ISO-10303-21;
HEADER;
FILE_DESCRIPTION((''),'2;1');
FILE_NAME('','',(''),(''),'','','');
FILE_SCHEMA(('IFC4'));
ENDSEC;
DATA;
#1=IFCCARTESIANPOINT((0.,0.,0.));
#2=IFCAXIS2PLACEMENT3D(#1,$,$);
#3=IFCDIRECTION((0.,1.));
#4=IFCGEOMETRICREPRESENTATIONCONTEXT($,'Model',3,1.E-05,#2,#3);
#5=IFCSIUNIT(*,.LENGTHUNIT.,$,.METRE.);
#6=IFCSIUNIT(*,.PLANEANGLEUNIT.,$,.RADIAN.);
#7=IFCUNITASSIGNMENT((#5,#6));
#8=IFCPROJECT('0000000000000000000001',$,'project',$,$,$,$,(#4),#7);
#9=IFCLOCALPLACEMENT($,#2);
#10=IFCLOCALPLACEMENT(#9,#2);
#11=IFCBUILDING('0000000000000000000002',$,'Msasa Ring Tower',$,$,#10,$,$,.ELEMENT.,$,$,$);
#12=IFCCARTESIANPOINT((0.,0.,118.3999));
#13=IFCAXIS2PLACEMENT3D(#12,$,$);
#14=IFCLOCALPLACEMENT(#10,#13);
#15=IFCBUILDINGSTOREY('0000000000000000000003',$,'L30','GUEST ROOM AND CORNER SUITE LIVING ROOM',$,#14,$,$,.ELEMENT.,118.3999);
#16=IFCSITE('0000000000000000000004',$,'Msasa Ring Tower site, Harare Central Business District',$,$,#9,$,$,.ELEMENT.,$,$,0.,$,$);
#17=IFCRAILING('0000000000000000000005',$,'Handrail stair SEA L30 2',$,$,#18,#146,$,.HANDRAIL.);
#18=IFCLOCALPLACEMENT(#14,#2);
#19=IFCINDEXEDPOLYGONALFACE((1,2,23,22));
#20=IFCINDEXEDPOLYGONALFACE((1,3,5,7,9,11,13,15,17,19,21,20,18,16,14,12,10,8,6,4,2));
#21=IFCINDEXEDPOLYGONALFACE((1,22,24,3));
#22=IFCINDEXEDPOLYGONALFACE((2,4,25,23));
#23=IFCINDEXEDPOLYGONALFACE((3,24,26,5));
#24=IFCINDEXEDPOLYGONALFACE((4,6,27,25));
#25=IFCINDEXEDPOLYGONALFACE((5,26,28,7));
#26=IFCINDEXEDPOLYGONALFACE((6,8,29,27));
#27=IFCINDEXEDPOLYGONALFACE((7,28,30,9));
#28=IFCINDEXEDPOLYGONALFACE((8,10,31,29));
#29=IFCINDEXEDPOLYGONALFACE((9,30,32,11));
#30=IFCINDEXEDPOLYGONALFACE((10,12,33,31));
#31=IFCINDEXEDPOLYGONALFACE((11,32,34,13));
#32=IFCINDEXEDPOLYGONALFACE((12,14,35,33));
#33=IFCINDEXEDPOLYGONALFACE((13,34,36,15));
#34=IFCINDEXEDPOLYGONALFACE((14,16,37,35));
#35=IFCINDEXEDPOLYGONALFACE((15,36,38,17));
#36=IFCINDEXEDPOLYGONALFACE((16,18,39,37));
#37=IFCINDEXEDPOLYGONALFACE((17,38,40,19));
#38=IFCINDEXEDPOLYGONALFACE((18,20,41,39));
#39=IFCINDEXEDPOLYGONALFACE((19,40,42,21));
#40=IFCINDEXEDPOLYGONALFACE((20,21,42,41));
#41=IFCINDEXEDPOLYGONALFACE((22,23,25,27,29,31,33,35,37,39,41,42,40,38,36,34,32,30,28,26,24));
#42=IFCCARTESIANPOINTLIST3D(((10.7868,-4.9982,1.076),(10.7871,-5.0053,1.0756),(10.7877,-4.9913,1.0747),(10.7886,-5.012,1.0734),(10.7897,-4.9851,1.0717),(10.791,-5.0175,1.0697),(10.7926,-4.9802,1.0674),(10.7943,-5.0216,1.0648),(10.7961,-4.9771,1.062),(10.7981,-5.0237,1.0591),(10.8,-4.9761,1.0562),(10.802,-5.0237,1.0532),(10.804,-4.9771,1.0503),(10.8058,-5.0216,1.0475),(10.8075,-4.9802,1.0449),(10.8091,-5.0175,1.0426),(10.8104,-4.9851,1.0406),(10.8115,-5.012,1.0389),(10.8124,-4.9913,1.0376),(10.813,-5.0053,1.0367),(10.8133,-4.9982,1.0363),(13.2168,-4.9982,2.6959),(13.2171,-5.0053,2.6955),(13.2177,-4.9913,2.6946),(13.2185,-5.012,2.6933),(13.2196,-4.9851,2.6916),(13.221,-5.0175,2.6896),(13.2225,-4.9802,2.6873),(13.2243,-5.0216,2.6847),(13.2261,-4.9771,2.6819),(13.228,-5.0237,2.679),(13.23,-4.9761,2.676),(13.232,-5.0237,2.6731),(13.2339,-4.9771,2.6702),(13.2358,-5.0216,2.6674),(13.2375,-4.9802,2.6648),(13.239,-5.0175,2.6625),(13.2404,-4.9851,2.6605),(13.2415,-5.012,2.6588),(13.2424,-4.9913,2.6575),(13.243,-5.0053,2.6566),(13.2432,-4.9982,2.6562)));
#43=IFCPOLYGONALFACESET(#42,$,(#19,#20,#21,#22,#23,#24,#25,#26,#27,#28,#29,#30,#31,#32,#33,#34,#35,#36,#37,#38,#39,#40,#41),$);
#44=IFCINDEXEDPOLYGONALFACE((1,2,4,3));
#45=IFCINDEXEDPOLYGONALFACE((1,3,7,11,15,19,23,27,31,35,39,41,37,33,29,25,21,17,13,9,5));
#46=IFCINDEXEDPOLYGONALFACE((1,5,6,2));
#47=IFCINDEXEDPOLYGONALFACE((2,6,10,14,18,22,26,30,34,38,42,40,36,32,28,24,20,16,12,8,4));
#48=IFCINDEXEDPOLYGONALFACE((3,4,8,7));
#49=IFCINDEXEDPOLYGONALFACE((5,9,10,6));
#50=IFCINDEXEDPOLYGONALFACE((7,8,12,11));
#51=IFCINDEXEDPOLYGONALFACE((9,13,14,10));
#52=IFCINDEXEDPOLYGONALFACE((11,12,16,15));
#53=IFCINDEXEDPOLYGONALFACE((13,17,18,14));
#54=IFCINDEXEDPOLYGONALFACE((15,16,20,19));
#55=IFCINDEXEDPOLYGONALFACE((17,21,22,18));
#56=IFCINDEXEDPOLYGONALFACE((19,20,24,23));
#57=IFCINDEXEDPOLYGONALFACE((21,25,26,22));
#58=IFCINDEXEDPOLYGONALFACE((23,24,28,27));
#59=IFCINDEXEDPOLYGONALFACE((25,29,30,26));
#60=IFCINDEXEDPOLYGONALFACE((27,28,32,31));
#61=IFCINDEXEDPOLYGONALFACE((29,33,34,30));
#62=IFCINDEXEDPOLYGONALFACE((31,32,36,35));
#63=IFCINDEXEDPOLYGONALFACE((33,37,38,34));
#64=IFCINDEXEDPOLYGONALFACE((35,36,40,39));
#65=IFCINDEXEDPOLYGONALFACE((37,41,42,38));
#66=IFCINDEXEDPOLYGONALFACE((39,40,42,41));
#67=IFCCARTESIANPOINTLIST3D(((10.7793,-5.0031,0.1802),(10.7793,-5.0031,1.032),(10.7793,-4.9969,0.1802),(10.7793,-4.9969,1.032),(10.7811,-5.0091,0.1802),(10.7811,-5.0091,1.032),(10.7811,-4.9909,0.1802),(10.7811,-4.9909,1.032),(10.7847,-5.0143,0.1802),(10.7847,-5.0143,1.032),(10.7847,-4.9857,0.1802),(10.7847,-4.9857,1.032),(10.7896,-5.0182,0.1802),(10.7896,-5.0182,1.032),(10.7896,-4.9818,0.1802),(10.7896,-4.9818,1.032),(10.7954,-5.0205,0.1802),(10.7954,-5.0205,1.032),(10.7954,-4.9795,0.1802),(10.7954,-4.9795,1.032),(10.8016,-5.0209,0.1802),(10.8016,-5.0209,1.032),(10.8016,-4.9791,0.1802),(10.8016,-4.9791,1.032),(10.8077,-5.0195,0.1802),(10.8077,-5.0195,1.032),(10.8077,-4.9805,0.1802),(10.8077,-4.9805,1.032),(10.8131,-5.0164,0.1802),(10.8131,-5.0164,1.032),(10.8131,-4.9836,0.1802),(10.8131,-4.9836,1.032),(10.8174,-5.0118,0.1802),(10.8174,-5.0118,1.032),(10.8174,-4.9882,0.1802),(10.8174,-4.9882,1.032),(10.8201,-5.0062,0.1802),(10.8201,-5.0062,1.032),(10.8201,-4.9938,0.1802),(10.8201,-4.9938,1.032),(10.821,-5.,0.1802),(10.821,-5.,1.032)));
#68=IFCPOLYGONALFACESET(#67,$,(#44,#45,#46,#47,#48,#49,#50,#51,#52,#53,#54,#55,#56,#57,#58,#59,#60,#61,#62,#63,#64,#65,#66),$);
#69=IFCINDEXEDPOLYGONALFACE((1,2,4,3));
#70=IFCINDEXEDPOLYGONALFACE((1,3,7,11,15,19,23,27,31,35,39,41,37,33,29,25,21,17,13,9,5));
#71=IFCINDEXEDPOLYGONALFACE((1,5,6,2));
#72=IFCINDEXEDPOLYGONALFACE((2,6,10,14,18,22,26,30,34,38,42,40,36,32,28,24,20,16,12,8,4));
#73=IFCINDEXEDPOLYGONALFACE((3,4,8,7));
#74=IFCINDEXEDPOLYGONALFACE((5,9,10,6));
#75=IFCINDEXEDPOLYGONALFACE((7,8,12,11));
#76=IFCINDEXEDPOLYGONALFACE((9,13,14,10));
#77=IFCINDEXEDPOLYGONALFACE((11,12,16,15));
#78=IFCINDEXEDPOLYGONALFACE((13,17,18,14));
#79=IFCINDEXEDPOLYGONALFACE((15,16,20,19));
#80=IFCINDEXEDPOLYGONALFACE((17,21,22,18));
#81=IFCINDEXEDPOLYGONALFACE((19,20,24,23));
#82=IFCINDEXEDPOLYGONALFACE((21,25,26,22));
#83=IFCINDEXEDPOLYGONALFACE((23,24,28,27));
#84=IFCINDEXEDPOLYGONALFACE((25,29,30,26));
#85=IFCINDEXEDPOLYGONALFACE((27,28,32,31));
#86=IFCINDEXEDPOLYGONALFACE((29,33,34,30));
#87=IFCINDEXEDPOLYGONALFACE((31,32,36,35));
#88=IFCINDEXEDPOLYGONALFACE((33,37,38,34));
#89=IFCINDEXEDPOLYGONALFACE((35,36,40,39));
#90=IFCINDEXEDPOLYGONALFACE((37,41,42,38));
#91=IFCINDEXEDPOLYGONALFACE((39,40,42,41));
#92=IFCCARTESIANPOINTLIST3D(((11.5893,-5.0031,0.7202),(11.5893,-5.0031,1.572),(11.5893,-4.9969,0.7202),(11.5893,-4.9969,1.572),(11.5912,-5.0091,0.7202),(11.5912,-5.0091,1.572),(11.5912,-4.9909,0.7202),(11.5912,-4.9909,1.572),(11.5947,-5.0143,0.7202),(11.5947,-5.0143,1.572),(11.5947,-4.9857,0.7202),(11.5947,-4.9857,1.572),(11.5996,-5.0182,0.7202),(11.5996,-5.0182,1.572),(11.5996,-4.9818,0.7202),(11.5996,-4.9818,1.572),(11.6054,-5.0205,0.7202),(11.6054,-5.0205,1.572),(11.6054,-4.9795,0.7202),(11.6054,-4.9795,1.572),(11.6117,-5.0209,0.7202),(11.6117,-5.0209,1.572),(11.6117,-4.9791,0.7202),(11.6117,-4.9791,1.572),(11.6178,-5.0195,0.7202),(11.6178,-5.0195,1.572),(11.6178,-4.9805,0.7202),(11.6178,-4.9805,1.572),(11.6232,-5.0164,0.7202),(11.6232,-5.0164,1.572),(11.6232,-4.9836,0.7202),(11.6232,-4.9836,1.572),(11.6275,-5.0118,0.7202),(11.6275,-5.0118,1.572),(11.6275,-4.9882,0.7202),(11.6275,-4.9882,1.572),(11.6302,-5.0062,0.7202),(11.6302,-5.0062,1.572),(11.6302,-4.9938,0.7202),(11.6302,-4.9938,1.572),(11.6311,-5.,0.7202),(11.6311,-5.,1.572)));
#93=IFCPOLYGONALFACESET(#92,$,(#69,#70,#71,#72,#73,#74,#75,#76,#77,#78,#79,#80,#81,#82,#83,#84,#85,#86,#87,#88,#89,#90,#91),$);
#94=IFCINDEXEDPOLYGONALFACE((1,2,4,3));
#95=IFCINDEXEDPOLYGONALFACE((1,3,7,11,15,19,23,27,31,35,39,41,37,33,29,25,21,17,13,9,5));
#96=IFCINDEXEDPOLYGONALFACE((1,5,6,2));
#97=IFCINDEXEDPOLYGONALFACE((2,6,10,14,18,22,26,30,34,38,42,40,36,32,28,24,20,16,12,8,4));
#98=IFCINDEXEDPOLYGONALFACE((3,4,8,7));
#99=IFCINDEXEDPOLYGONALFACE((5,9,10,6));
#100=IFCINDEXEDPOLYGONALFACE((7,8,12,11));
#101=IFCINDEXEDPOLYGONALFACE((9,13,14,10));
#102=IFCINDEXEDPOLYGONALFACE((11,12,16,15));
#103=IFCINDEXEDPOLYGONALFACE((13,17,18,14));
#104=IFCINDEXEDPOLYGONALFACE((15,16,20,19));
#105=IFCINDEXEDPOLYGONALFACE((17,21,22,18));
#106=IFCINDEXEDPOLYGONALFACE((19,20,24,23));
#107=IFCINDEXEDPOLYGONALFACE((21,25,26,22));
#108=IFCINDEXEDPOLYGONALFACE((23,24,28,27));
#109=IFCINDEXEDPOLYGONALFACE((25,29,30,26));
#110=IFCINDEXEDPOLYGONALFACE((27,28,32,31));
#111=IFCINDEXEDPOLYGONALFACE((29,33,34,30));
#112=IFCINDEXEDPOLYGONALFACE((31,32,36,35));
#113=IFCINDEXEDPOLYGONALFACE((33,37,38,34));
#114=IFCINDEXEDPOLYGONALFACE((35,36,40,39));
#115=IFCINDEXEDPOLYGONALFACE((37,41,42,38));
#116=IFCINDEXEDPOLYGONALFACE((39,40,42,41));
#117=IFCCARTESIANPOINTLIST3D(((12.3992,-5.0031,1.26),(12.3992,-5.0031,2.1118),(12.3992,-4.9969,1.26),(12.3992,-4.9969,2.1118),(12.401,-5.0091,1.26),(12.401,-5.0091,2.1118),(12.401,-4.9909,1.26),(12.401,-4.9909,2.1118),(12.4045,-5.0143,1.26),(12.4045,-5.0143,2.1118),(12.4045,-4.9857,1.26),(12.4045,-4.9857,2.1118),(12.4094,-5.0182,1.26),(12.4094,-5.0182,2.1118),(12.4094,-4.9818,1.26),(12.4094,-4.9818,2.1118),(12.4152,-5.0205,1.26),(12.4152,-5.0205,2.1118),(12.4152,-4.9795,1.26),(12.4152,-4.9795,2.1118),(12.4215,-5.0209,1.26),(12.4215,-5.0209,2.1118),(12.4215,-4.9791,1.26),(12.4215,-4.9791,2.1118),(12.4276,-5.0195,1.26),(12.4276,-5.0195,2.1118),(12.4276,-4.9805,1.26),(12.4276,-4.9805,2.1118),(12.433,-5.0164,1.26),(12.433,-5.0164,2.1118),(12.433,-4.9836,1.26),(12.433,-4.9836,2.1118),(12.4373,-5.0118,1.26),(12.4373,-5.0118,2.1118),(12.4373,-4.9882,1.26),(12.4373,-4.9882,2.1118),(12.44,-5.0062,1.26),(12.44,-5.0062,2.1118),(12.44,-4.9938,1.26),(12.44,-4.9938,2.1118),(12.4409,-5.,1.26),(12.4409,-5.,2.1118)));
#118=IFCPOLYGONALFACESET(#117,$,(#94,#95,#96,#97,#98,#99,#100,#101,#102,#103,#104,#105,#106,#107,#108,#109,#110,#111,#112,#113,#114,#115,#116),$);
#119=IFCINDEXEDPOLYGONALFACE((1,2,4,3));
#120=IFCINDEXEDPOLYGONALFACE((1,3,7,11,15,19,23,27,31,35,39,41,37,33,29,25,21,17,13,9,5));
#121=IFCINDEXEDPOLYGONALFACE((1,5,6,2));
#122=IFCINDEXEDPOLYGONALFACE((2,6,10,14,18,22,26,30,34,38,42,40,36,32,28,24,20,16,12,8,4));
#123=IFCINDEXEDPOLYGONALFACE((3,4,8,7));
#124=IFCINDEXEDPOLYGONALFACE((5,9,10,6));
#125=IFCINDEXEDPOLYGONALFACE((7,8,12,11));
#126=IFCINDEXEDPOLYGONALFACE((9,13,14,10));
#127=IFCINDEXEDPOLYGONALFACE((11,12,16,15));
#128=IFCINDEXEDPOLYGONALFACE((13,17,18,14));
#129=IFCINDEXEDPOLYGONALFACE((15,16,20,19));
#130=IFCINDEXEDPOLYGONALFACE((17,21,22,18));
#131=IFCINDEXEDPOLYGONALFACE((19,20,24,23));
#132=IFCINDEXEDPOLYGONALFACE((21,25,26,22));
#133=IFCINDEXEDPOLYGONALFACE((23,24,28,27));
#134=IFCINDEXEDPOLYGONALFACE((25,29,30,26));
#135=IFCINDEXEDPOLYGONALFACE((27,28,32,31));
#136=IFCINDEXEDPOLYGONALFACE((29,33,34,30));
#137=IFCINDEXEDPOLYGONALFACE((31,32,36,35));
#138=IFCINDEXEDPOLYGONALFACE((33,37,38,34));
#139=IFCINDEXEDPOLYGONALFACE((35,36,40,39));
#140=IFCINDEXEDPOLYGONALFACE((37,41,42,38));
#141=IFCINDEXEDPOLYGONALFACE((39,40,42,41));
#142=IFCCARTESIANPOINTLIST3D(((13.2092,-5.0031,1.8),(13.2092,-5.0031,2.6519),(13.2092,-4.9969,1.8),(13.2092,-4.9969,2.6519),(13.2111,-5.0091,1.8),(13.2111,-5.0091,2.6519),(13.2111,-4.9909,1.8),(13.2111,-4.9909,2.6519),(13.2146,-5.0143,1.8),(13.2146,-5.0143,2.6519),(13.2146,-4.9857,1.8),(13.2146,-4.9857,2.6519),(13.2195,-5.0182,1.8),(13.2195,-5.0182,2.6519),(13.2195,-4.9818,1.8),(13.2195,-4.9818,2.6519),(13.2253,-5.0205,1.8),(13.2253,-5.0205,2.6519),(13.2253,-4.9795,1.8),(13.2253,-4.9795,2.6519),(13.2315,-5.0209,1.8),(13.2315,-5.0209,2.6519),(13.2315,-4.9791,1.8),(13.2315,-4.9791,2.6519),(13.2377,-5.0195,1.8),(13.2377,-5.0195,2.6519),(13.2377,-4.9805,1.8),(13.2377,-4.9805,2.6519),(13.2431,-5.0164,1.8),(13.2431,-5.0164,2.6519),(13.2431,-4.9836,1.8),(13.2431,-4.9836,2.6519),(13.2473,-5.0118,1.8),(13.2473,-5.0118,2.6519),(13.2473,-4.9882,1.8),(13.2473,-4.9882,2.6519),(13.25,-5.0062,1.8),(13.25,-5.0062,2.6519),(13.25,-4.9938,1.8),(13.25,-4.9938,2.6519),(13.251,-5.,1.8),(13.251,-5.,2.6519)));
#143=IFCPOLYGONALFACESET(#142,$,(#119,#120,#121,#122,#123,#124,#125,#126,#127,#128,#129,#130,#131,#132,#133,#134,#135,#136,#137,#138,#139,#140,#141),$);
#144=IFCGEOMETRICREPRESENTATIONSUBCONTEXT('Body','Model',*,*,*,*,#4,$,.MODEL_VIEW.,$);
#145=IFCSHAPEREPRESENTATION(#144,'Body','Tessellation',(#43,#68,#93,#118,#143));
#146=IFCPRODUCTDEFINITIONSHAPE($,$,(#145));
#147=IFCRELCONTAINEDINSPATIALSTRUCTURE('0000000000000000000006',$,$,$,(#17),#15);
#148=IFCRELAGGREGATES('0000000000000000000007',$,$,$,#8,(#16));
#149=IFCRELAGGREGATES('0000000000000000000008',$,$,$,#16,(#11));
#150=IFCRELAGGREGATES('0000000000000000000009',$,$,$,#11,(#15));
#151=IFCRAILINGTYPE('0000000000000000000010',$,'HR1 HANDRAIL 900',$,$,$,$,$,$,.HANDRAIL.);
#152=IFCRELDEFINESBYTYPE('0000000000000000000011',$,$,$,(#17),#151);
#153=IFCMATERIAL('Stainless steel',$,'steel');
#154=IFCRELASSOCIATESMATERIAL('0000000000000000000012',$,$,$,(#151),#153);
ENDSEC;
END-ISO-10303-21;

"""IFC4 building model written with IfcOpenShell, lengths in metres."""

from ifc_helpers import new_model, si_unit, direction, frame, origin, origin_2d, place, context, subcontext, project, spatial, circle, extrude, material, type_object, element, save


model = new_model("IFC4")

# Units and contexts
model_context = context("Model", 3, precision=1e-05, world=origin(), true_north=direction((0.0, 1.0)))
body_context = subcontext(model_context, "Body", "Model", "MODEL_VIEW")
ifc_project = project(units=[si_unit("LENGTHUNIT", "METRE"), si_unit("PLANEANGLEUNIT", "RADIAN")], contexts=[model_context])

# Site, building, storey
site_placement = place(None, origin())
site = spatial("IfcSite", under=ifc_project, at=site_placement, Name="Msasa Ring Tower site, Harare Central Business District", CompositionType="ELEMENT", RefElevation=0.0)
building_placement = place(site_placement, origin())
building = spatial("IfcBuilding", under=site, at=building_placement, Name="Msasa Ring Tower", CompositionType="ELEMENT")
storey_placement = place(building_placement, frame((0.0, 0.0, 118.3999)))
storey = spatial("IfcBuildingStorey", under=building, at=storey_placement, Name="L30", Description="GUEST ROOM AND CORNER SUITE LIVING ROOM", CompositionType="ELEMENT", Elevation=118.3999)

# Railing
ifc_material_1 = material(Name="Stainless steel", Category="steel")
railing_type = type_object("IfcRailingType", Name="HR1 HANDRAIL 900", PredefinedType="HANDRAIL", material=ifc_material_1)
for number, where, name in (
    (1, (10.8, -5.0, 0.1802), "Handrail stair SEA L30 2"),
):
    element("IfcRailing", number, at=place(storey_placement, frame(where)), inside=storey, type_object=railing_type, Name=name, PredefinedType="HANDRAIL", context=body_context, shape_type="SweptSolid", body=[
        extrude(circle(Radius=0.0239, at=origin_2d()), frame((0.0, 0.0, 0.876), z_axis=(0.832063, 0.0, 0.554681), x_axis=(0.0, 1.0, 0.0)), (0.0, 0.0, 1.0), 2.9204),
        extrude(circle(Radius=0.021, at=origin_2d()), origin(), (0.0, 0.0, 1.0), 0.8518),
        extrude(circle(Radius=0.021, at=origin_2d()), frame((0.8101, 0.0, 0.54)), (0.0, 0.0, 1.0), 0.8518),
        extrude(circle(Radius=0.021, at=origin_2d()), frame((1.6199, 0.0, 1.0798)), (0.0, 0.0, 1.0), 0.8518),
        extrude(circle(Radius=0.021, at=origin_2d()), frame((2.4299, 0.0, 1.6199)), (0.0, 0.0, 1.0), 0.8518),
    ])

save(model, "model.ifc")
